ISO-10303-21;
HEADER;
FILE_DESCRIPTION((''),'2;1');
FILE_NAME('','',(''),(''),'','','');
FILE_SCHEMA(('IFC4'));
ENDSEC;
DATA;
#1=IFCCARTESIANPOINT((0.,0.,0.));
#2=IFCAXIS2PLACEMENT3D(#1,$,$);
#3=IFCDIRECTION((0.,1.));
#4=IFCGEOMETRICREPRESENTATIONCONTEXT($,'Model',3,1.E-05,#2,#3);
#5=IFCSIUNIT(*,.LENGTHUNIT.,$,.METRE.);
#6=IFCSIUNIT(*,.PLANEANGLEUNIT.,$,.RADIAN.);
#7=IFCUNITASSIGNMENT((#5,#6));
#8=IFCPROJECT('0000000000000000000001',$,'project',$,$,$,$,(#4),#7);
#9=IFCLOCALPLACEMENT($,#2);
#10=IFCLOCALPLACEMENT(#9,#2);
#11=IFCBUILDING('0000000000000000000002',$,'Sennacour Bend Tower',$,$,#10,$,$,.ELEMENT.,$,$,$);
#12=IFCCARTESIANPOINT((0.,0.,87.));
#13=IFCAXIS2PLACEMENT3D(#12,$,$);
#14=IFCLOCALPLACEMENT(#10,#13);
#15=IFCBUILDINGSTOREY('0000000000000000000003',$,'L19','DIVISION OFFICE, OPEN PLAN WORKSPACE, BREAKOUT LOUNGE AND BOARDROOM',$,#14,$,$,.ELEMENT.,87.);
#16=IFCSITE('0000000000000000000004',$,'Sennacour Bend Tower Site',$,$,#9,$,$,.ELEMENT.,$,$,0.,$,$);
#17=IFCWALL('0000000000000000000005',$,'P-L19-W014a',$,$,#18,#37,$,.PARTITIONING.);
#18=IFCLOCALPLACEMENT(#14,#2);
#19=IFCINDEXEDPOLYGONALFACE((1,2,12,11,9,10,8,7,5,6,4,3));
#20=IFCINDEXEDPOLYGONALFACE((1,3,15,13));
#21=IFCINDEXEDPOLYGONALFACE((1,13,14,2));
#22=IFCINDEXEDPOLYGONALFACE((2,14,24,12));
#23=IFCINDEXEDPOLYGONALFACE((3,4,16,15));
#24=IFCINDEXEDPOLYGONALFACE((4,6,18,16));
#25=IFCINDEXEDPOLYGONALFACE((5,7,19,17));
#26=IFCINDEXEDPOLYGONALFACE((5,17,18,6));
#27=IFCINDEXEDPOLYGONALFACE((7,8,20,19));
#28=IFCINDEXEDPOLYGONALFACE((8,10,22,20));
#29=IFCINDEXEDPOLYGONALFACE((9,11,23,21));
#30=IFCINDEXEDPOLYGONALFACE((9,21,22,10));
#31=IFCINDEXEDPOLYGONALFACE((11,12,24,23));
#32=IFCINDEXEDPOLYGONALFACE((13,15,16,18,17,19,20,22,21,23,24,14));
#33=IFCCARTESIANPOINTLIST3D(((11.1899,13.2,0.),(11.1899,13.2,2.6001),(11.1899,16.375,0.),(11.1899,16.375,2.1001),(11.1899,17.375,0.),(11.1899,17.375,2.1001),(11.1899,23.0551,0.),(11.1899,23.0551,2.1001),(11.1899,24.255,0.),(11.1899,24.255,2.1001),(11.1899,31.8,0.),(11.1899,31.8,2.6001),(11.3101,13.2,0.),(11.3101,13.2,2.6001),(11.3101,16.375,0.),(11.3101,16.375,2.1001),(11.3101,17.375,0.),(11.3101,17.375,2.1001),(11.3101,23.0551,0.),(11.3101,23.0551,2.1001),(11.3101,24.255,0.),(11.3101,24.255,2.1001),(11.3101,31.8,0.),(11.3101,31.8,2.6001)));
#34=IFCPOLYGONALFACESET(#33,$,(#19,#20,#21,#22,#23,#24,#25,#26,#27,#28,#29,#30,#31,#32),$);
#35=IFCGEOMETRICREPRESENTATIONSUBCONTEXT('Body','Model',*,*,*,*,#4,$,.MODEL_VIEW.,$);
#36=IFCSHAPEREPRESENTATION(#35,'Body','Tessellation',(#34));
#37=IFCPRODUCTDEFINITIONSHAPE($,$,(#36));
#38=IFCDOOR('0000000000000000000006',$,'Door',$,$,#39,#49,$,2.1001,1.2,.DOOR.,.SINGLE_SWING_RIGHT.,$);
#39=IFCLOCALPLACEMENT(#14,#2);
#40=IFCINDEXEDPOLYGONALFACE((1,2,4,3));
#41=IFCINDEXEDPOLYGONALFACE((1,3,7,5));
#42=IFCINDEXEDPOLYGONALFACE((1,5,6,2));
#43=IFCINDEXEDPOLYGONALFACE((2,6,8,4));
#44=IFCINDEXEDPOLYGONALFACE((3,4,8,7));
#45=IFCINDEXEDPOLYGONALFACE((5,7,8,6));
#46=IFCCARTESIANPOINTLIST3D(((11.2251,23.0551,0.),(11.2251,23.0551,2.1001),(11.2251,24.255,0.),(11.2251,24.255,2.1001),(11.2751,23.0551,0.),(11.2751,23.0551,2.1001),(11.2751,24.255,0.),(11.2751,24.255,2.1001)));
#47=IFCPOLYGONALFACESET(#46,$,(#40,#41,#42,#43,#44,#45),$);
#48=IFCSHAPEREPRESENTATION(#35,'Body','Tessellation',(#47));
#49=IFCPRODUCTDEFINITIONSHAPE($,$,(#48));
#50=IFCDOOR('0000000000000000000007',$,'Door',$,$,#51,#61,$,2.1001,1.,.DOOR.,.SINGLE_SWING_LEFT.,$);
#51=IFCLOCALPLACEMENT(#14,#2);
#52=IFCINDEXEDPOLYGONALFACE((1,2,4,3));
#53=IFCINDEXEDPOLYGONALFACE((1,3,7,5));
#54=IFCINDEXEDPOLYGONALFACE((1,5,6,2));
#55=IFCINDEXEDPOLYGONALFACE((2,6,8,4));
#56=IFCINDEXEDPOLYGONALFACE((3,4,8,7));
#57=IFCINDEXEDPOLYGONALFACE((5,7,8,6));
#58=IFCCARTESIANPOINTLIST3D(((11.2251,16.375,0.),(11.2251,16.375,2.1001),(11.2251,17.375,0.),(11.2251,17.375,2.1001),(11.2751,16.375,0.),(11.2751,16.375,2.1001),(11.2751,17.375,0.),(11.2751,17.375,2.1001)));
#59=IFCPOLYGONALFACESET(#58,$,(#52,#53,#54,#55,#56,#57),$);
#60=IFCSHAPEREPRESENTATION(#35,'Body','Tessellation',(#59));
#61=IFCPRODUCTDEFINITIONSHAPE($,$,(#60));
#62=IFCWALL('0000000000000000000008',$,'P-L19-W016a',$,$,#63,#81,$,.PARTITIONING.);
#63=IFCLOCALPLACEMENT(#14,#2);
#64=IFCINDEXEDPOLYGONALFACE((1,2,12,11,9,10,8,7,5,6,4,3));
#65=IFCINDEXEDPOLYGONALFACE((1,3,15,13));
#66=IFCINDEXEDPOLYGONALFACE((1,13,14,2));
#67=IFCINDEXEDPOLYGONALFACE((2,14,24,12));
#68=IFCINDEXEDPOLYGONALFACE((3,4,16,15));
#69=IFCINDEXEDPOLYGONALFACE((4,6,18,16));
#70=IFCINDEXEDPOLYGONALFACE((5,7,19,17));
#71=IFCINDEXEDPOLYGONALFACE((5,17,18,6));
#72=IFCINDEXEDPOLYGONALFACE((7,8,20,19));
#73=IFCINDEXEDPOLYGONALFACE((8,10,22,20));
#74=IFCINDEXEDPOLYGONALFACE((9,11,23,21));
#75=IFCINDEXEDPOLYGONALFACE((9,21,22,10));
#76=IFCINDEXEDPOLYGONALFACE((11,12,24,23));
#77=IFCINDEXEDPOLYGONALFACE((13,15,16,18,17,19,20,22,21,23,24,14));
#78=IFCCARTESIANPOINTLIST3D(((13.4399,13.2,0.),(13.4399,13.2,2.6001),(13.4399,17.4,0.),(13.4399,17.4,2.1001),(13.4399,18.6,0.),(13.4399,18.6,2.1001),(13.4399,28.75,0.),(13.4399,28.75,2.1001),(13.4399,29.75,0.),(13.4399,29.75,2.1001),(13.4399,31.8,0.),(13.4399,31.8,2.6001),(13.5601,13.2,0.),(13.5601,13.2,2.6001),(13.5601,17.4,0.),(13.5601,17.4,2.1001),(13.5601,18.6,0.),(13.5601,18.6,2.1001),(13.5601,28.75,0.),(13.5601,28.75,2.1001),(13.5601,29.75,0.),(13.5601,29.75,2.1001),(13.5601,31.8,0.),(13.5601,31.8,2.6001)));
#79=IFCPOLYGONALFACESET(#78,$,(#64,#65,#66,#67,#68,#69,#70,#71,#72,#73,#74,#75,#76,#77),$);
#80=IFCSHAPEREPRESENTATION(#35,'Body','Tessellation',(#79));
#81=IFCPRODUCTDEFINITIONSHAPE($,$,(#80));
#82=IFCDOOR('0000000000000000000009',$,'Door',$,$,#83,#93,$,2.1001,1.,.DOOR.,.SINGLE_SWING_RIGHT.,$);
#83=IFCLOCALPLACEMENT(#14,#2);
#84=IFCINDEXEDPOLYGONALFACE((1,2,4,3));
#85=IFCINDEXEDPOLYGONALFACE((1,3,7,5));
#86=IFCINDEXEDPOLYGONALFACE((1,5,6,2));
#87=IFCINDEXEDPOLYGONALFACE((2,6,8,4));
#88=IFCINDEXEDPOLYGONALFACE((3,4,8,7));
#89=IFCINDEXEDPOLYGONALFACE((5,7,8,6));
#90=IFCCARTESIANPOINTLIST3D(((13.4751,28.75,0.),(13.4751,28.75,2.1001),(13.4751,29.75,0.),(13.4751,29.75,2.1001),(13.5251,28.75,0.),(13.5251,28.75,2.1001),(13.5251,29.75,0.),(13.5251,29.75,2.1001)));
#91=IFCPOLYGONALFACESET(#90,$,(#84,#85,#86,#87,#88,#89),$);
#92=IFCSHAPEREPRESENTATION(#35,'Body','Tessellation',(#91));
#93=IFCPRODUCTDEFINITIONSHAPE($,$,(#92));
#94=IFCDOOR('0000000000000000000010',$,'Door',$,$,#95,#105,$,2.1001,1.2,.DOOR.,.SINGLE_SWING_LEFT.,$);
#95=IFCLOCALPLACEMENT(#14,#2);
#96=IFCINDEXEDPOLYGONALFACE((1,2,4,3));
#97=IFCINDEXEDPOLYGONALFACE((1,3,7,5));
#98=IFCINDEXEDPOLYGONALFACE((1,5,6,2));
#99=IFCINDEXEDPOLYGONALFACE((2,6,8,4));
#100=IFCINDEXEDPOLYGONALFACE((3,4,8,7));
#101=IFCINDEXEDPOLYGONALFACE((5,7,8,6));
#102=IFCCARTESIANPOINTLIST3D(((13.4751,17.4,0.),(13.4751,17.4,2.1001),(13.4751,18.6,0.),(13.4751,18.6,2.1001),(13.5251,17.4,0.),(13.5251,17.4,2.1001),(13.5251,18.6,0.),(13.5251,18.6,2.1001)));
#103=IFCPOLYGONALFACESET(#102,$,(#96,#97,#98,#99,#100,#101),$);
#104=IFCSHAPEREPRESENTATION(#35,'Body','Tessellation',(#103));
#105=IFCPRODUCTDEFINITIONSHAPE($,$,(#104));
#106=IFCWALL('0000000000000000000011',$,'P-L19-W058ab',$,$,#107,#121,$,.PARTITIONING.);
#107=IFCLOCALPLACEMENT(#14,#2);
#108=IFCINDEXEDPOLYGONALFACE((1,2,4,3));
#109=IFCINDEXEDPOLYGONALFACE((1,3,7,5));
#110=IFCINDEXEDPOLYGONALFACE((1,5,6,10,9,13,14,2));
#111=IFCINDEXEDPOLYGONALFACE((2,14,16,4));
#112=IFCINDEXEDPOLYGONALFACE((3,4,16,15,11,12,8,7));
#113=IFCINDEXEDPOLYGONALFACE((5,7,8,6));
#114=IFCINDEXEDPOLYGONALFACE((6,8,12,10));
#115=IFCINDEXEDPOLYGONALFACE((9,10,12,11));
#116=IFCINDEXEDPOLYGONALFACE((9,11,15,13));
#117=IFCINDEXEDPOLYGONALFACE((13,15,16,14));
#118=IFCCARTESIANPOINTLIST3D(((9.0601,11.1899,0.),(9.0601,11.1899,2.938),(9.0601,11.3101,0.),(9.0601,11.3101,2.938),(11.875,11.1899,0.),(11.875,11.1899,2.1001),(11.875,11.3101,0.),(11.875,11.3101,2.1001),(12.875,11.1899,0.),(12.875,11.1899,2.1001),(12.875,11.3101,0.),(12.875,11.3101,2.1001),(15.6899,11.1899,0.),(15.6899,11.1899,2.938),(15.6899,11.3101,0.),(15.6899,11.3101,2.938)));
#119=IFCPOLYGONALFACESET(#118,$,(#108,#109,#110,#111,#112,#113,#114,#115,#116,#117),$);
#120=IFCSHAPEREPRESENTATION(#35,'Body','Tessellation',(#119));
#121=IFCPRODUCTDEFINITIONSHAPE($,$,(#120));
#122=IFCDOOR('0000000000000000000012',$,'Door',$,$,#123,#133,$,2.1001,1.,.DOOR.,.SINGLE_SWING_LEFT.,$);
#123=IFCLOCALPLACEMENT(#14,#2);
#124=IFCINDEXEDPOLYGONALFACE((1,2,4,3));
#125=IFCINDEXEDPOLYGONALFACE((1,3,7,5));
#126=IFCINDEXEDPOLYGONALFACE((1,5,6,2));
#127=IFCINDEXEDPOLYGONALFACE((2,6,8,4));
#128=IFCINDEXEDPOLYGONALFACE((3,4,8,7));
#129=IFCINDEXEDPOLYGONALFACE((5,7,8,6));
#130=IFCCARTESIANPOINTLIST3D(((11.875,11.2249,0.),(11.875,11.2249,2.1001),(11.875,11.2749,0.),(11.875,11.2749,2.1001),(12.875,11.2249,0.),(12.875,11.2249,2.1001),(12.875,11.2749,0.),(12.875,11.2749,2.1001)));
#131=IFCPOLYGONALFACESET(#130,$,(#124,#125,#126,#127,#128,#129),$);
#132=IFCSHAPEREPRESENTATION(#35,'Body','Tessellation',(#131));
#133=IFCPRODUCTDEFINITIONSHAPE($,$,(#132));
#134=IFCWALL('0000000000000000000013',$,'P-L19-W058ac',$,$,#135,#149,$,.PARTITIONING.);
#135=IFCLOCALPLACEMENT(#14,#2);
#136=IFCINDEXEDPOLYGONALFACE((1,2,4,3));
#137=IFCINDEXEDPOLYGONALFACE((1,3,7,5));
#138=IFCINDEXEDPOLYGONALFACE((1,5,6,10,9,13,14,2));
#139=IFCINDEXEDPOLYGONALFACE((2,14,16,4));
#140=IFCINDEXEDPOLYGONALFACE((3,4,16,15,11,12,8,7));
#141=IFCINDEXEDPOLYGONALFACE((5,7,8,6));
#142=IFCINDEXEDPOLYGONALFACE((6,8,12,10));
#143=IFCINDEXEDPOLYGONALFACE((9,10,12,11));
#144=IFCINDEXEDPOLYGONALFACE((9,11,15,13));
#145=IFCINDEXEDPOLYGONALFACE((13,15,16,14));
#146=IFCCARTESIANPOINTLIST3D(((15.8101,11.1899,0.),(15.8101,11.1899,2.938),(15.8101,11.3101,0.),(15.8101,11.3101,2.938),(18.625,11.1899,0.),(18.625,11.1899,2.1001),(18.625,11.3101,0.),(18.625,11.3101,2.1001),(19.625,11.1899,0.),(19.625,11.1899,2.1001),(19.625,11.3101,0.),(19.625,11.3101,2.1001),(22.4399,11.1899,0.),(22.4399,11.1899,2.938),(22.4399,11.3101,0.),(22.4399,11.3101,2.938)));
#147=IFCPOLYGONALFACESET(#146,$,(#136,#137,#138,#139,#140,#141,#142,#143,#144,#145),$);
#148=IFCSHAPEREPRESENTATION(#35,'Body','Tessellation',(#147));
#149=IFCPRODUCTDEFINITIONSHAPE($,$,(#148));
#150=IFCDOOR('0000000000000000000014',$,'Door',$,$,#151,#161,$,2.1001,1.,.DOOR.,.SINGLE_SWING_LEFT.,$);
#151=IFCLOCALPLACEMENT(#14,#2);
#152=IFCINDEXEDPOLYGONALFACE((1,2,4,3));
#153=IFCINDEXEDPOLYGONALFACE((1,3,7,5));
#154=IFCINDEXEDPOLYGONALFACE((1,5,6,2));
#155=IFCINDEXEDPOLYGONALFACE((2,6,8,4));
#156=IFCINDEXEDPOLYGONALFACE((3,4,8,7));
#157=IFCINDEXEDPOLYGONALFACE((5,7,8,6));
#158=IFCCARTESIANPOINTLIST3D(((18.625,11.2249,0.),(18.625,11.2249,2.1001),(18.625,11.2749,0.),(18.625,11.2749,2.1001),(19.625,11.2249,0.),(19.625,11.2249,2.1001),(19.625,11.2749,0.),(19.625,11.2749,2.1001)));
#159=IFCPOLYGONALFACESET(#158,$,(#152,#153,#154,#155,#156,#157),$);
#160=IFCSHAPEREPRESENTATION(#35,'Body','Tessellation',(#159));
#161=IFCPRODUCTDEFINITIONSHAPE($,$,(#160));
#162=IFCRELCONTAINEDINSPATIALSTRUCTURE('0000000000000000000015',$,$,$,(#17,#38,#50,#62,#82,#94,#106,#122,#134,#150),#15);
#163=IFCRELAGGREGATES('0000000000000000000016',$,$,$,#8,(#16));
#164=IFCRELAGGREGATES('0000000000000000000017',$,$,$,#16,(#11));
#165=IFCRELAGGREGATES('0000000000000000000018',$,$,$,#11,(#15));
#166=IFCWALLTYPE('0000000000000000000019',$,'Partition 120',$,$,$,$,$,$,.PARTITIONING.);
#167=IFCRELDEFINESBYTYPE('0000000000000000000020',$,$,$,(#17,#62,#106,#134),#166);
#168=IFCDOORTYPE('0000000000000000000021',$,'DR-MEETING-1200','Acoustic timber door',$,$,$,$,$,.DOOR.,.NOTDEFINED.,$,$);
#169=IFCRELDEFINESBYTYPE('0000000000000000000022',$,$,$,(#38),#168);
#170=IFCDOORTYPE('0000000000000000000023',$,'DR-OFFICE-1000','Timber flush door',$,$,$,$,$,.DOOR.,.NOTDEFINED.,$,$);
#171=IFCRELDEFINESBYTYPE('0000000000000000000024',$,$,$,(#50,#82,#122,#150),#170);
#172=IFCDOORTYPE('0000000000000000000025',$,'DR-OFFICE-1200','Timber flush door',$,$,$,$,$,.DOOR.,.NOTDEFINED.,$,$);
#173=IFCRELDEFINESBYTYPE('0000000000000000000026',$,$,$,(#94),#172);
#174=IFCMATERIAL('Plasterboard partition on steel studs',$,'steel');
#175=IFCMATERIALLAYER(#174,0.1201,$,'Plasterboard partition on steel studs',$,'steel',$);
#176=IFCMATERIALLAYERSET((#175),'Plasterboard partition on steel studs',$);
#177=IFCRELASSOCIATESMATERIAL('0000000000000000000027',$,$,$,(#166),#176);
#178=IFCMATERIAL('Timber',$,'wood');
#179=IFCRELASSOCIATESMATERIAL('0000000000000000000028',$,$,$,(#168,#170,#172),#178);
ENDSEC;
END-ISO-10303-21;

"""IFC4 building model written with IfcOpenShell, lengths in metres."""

from ifc_helpers import new_model, si_unit, direction, frame, frame_2d, origin, place, context, subcontext, project, spatial, rectangle, extrude, material, layer, layer_set, type_object, element, fill, save


model = new_model("IFC4")

# Units and contexts
model_context = context("Model", 3, precision=1e-05, world=origin(), true_north=direction((0.0, 1.0)))
body_context = subcontext(model_context, "Body", "Model", "MODEL_VIEW")
ifc_project = project(units=[si_unit("LENGTHUNIT", "METRE"), si_unit("PLANEANGLEUNIT", "RADIAN")], contexts=[model_context])

# Site, building, storey
site_placement = place(None, origin())
site = spatial("IfcSite", under=ifc_project, at=site_placement, Name="Sennacour Bend Tower Site", CompositionType="ELEMENT", RefElevation=0.0)
building_placement = place(site_placement, origin())
building = spatial("IfcBuilding", under=site, at=building_placement, Name="Sennacour Bend Tower", CompositionType="ELEMENT")
storey_placement = place(building_placement, frame((0.0, 0.0, 87.0)))
storey = spatial("IfcBuildingStorey", under=building, at=storey_placement, Name="L19", Description="DIVISION OFFICE, OPEN PLAN WORKSPACE, BREAKOUT LOUNGE AND BOARDROOM", CompositionType="ELEMENT", Elevation=87.0)

# Walls, openings, doors
ifc_material_1 = material(Name="Plasterboard partition on steel studs", Category="steel")
ifc_layer_1 = layer(ifc_material_1, 0.1201, Name="Plasterboard partition on steel studs", Category="steel")
ifc_layer_set_1 = layer_set([ifc_layer_1], Name="Plasterboard partition on steel studs")
wall_type_1 = type_object("IfcWallType", Name="Partition 120", PredefinedType="PARTITIONING", material=ifc_layer_set_1)
wall_1_placement = place(storey_placement, frame((11.25, 13.2, 0.0), z_axis=(0.0, 0.0, 1.0), x_axis=(0.0, 1.0, 0.0)))
wall_1 = element("IfcWall", 1, at=wall_1_placement, inside=storey, type_object=wall_type_1, Name="P-L19-W014a", PredefinedType="PARTITIONING", context=body_context, shape_type="SweptSolid", body=[
    extrude(rectangle(XDim=18.6001, YDim=0.1201, at=frame_2d((9.3, 0.0))), origin(), (0.0, 0.0, 1.0), 2.6001),
])
opening_1_placement = place(wall_1_placement, frame((3.175, 0.0, 0.0)))
opening_1 = element("IfcOpeningElement", 2, at=opening_1_placement, cuts=wall_1, PredefinedType="OPENING", context=body_context, shape_type="SweptSolid", body=[
    extrude(rectangle(XDim=1.0, YDim=2.1001, at=frame_2d((0.5, 1.05))), frame((0.0, 0.0701, 0.0), z_axis=(0.0, -1.0, 0.0), x_axis=(1.0, 0.0, 0.0)), (0.0, 0.0, 1.0), 0.1401),
])
opening_2_placement = place(wall_1_placement, frame((9.855, 0.0, 0.0)))
opening_2 = element("IfcOpeningElement", 3, at=opening_2_placement, cuts=wall_1, PredefinedType="OPENING", context=body_context, shape_type="SweptSolid", body=[
    extrude(rectangle(XDim=1.2, YDim=2.1001, at=frame_2d((0.6001, 1.05))), frame((0.0, 0.0701, 0.0), z_axis=(0.0, -1.0, 0.0), x_axis=(1.0, 0.0, 0.0)), (0.0, 0.0, 1.0), 0.1401),
])
ifc_material_2 = material(Name="Timber", Category="wood")
door_type_1 = type_object("IfcDoorType", Name="DR-MEETING-1200", Description="Acoustic timber door", OperationType="NOTDEFINED", PredefinedType="DOOR", material=ifc_material_2)
door_1_placement = place(opening_2_placement, origin())
door_1 = element("IfcDoor", 4, at=door_1_placement, inside=storey, type_object=door_type_1, Name="Door", OperationType="SINGLE_SWING_RIGHT", OverallHeight=2.1001, OverallWidth=1.2, PredefinedType="DOOR", context=body_context, shape_type="SweptSolid", body=[
    extrude(rectangle(XDim=1.2, YDim=2.1001, at=frame_2d((0.6001, 1.05))), frame((0.0, 0.0249, 0.0), z_axis=(0.0, -1.0, 0.0), x_axis=(1.0, 0.0, 0.0)), (0.0, 0.0, 1.0), 0.05),
])
fill(opening_2, door_1)
door_type_2 = type_object("IfcDoorType", Name="DR-OFFICE-1000", Description="Timber flush door", OperationType="NOTDEFINED", PredefinedType="DOOR", material=ifc_material_2)
door_2_placement = place(opening_1_placement, origin())
door_2 = element("IfcDoor", 5, at=door_2_placement, inside=storey, type_object=door_type_2, Name="Door", OperationType="SINGLE_SWING_LEFT", OverallHeight=2.1001, OverallWidth=1.0, PredefinedType="DOOR", context=body_context, shape_type="SweptSolid", body=[
    extrude(rectangle(XDim=1.0, YDim=2.1001, at=frame_2d((0.5, 1.05))), frame((0.0, 0.0249, 0.0), z_axis=(0.0, -1.0, 0.0), x_axis=(1.0, 0.0, 0.0)), (0.0, 0.0, 1.0), 0.05),
])
fill(opening_1, door_2)
wall_2_placement = place(storey_placement, frame((13.5, 13.2, 0.0), z_axis=(0.0, 0.0, 1.0), x_axis=(0.0, 1.0, 0.0)))
wall_2 = element("IfcWall", 6, at=wall_2_placement, inside=storey, type_object=wall_type_1, Name="P-L19-W016a", PredefinedType="PARTITIONING", context=body_context, shape_type="SweptSolid", body=[
    extrude(rectangle(XDim=18.6001, YDim=0.1201, at=frame_2d((9.3, 0.0))), origin(), (0.0, 0.0, 1.0), 2.6001),
])
opening_3_placement = place(wall_2_placement, frame((15.55, 0.0, 0.0)))
opening_3 = element("IfcOpeningElement", 7, at=opening_3_placement, cuts=wall_2, PredefinedType="OPENING", context=body_context, shape_type="SweptSolid", body=[
    extrude(rectangle(XDim=1.0, YDim=2.1001, at=frame_2d((0.5, 1.05))), frame((0.0, 0.0701, 0.0), z_axis=(0.0, -1.0, 0.0), x_axis=(1.0, 0.0, 0.0)), (0.0, 0.0, 1.0), 0.1401),
])
opening_4_placement = place(wall_2_placement, frame((4.2, 0.0, 0.0)))
opening_4 = element("IfcOpeningElement", 8, at=opening_4_placement, cuts=wall_2, PredefinedType="OPENING", context=body_context, shape_type="SweptSolid", body=[
    extrude(rectangle(XDim=1.2, YDim=2.1001, at=frame_2d((0.6001, 1.05))), frame((0.0, 0.0701, 0.0), z_axis=(0.0, -1.0, 0.0), x_axis=(1.0, 0.0, 0.0)), (0.0, 0.0, 1.0), 0.1401),
])
door_3_placement = place(opening_3_placement, origin())
door_3 = element("IfcDoor", 9, at=door_3_placement, inside=storey, type_object=door_type_2, Name="Door", OperationType="SINGLE_SWING_RIGHT", OverallHeight=2.1001, OverallWidth=1.0, PredefinedType="DOOR", context=body_context, shape_type="SweptSolid", body=[
    extrude(rectangle(XDim=1.0, YDim=2.1001, at=frame_2d((0.5, 1.05))), frame((0.0, 0.0249, 0.0), z_axis=(0.0, -1.0, 0.0), x_axis=(1.0, 0.0, 0.0)), (0.0, 0.0, 1.0), 0.05),
])
fill(opening_3, door_3)
door_type_3 = type_object("IfcDoorType", Name="DR-OFFICE-1200", Description="Timber flush door", OperationType="NOTDEFINED", PredefinedType="DOOR", material=ifc_material_2)
door_4_placement = place(opening_4_placement, origin())
door_4 = element("IfcDoor", 10, at=door_4_placement, inside=storey, type_object=door_type_3, Name="Door", OperationType="SINGLE_SWING_LEFT", OverallHeight=2.1001, OverallWidth=1.2, PredefinedType="DOOR", context=body_context, shape_type="SweptSolid", body=[
    extrude(rectangle(XDim=1.2, YDim=2.1001, at=frame_2d((0.6001, 1.05))), frame((0.0, 0.0249, 0.0), z_axis=(0.0, -1.0, 0.0), x_axis=(1.0, 0.0, 0.0)), (0.0, 0.0, 1.0), 0.05),
])
fill(opening_4, door_4)

# Walls, openings, doors
wall_3_placement = place(storey_placement, frame((9.0601, 11.25, 0.0), z_axis=(0.0, 0.0, 1.0), x_axis=(1.0, 0.0, 0.0)))
wall_3 = element("IfcWall", 11, at=wall_3_placement, inside=storey, type_object=wall_type_1, Name="P-L19-W058ab", PredefinedType="PARTITIONING", context=body_context, shape_type="SweptSolid", body=[
    extrude(rectangle(XDim=6.6299, YDim=0.1201, at=frame_2d((3.3149, 0.0))), origin(), (0.0, 0.0, 1.0), 2.938),
])
opening_5_placement = place(wall_3_placement, frame((2.8149, 0.0, 0.0)))
opening_5 = element("IfcOpeningElement", 12, at=opening_5_placement, cuts=wall_3, PredefinedType="OPENING", context=body_context, shape_type="SweptSolid", body=[
    extrude(rectangle(XDim=1.0, YDim=2.1001, at=frame_2d((0.5, 1.05))), frame((0.0, 0.0701, 0.0), z_axis=(0.0, -1.0, 0.0), x_axis=(1.0, 0.0, 0.0)), (0.0, 0.0, 1.0), 0.1401),
])
door_5_placement = place(opening_5_placement, origin())
door_5 = element("IfcDoor", 13, at=door_5_placement, inside=storey, type_object=door_type_2, Name="Door", OperationType="SINGLE_SWING_LEFT", OverallHeight=2.1001, OverallWidth=1.0, PredefinedType="DOOR", context=body_context, shape_type="SweptSolid", body=[
    extrude(rectangle(XDim=1.0, YDim=2.1001, at=frame_2d((0.5, 1.05))), frame((0.0, 0.0249, 0.0), z_axis=(0.0, -1.0, 0.0), x_axis=(1.0, 0.0, 0.0)), (0.0, 0.0, 1.0), 0.05),
])
fill(opening_5, door_5)
wall_4_placement = place(storey_placement, frame((15.8101, 11.25, 0.0), z_axis=(0.0, 0.0, 1.0), x_axis=(1.0, 0.0, 0.0)))
wall_4 = element("IfcWall", 14, at=wall_4_placement, inside=storey, type_object=wall_type_1, Name="P-L19-W058ac", PredefinedType="PARTITIONING", context=body_context, shape_type="SweptSolid", body=[
    extrude(rectangle(XDim=6.6299, YDim=0.1201, at=frame_2d((3.3149, 0.0))), origin(), (0.0, 0.0, 1.0), 2.938),
])
opening_6_placement = place(wall_4_placement, frame((2.8149, 0.0, 0.0)))
opening_6 = element("IfcOpeningElement", 15, at=opening_6_placement, cuts=wall_4, PredefinedType="OPENING", context=body_context, shape_type="SweptSolid", body=[
    extrude(rectangle(XDim=1.0, YDim=2.1001, at=frame_2d((0.5, 1.05))), frame((0.0, 0.0701, 0.0), z_axis=(0.0, -1.0, 0.0), x_axis=(1.0, 0.0, 0.0)), (0.0, 0.0, 1.0), 0.1401),
])
door_6_placement = place(opening_6_placement, origin())
door_6 = element("IfcDoor", 16, at=door_6_placement, inside=storey, type_object=door_type_2, Name="Door", OperationType="SINGLE_SWING_LEFT", OverallHeight=2.1001, OverallWidth=1.0, PredefinedType="DOOR", context=body_context, shape_type="SweptSolid", body=[
    extrude(rectangle(XDim=1.0, YDim=2.1001, at=frame_2d((0.5, 1.05))), frame((0.0, 0.0249, 0.0), z_axis=(0.0, -1.0, 0.0), x_axis=(1.0, 0.0, 0.0)), (0.0, 0.0, 1.0), 0.05),
])
fill(opening_6, door_6)

save(model, "model.ifc")
